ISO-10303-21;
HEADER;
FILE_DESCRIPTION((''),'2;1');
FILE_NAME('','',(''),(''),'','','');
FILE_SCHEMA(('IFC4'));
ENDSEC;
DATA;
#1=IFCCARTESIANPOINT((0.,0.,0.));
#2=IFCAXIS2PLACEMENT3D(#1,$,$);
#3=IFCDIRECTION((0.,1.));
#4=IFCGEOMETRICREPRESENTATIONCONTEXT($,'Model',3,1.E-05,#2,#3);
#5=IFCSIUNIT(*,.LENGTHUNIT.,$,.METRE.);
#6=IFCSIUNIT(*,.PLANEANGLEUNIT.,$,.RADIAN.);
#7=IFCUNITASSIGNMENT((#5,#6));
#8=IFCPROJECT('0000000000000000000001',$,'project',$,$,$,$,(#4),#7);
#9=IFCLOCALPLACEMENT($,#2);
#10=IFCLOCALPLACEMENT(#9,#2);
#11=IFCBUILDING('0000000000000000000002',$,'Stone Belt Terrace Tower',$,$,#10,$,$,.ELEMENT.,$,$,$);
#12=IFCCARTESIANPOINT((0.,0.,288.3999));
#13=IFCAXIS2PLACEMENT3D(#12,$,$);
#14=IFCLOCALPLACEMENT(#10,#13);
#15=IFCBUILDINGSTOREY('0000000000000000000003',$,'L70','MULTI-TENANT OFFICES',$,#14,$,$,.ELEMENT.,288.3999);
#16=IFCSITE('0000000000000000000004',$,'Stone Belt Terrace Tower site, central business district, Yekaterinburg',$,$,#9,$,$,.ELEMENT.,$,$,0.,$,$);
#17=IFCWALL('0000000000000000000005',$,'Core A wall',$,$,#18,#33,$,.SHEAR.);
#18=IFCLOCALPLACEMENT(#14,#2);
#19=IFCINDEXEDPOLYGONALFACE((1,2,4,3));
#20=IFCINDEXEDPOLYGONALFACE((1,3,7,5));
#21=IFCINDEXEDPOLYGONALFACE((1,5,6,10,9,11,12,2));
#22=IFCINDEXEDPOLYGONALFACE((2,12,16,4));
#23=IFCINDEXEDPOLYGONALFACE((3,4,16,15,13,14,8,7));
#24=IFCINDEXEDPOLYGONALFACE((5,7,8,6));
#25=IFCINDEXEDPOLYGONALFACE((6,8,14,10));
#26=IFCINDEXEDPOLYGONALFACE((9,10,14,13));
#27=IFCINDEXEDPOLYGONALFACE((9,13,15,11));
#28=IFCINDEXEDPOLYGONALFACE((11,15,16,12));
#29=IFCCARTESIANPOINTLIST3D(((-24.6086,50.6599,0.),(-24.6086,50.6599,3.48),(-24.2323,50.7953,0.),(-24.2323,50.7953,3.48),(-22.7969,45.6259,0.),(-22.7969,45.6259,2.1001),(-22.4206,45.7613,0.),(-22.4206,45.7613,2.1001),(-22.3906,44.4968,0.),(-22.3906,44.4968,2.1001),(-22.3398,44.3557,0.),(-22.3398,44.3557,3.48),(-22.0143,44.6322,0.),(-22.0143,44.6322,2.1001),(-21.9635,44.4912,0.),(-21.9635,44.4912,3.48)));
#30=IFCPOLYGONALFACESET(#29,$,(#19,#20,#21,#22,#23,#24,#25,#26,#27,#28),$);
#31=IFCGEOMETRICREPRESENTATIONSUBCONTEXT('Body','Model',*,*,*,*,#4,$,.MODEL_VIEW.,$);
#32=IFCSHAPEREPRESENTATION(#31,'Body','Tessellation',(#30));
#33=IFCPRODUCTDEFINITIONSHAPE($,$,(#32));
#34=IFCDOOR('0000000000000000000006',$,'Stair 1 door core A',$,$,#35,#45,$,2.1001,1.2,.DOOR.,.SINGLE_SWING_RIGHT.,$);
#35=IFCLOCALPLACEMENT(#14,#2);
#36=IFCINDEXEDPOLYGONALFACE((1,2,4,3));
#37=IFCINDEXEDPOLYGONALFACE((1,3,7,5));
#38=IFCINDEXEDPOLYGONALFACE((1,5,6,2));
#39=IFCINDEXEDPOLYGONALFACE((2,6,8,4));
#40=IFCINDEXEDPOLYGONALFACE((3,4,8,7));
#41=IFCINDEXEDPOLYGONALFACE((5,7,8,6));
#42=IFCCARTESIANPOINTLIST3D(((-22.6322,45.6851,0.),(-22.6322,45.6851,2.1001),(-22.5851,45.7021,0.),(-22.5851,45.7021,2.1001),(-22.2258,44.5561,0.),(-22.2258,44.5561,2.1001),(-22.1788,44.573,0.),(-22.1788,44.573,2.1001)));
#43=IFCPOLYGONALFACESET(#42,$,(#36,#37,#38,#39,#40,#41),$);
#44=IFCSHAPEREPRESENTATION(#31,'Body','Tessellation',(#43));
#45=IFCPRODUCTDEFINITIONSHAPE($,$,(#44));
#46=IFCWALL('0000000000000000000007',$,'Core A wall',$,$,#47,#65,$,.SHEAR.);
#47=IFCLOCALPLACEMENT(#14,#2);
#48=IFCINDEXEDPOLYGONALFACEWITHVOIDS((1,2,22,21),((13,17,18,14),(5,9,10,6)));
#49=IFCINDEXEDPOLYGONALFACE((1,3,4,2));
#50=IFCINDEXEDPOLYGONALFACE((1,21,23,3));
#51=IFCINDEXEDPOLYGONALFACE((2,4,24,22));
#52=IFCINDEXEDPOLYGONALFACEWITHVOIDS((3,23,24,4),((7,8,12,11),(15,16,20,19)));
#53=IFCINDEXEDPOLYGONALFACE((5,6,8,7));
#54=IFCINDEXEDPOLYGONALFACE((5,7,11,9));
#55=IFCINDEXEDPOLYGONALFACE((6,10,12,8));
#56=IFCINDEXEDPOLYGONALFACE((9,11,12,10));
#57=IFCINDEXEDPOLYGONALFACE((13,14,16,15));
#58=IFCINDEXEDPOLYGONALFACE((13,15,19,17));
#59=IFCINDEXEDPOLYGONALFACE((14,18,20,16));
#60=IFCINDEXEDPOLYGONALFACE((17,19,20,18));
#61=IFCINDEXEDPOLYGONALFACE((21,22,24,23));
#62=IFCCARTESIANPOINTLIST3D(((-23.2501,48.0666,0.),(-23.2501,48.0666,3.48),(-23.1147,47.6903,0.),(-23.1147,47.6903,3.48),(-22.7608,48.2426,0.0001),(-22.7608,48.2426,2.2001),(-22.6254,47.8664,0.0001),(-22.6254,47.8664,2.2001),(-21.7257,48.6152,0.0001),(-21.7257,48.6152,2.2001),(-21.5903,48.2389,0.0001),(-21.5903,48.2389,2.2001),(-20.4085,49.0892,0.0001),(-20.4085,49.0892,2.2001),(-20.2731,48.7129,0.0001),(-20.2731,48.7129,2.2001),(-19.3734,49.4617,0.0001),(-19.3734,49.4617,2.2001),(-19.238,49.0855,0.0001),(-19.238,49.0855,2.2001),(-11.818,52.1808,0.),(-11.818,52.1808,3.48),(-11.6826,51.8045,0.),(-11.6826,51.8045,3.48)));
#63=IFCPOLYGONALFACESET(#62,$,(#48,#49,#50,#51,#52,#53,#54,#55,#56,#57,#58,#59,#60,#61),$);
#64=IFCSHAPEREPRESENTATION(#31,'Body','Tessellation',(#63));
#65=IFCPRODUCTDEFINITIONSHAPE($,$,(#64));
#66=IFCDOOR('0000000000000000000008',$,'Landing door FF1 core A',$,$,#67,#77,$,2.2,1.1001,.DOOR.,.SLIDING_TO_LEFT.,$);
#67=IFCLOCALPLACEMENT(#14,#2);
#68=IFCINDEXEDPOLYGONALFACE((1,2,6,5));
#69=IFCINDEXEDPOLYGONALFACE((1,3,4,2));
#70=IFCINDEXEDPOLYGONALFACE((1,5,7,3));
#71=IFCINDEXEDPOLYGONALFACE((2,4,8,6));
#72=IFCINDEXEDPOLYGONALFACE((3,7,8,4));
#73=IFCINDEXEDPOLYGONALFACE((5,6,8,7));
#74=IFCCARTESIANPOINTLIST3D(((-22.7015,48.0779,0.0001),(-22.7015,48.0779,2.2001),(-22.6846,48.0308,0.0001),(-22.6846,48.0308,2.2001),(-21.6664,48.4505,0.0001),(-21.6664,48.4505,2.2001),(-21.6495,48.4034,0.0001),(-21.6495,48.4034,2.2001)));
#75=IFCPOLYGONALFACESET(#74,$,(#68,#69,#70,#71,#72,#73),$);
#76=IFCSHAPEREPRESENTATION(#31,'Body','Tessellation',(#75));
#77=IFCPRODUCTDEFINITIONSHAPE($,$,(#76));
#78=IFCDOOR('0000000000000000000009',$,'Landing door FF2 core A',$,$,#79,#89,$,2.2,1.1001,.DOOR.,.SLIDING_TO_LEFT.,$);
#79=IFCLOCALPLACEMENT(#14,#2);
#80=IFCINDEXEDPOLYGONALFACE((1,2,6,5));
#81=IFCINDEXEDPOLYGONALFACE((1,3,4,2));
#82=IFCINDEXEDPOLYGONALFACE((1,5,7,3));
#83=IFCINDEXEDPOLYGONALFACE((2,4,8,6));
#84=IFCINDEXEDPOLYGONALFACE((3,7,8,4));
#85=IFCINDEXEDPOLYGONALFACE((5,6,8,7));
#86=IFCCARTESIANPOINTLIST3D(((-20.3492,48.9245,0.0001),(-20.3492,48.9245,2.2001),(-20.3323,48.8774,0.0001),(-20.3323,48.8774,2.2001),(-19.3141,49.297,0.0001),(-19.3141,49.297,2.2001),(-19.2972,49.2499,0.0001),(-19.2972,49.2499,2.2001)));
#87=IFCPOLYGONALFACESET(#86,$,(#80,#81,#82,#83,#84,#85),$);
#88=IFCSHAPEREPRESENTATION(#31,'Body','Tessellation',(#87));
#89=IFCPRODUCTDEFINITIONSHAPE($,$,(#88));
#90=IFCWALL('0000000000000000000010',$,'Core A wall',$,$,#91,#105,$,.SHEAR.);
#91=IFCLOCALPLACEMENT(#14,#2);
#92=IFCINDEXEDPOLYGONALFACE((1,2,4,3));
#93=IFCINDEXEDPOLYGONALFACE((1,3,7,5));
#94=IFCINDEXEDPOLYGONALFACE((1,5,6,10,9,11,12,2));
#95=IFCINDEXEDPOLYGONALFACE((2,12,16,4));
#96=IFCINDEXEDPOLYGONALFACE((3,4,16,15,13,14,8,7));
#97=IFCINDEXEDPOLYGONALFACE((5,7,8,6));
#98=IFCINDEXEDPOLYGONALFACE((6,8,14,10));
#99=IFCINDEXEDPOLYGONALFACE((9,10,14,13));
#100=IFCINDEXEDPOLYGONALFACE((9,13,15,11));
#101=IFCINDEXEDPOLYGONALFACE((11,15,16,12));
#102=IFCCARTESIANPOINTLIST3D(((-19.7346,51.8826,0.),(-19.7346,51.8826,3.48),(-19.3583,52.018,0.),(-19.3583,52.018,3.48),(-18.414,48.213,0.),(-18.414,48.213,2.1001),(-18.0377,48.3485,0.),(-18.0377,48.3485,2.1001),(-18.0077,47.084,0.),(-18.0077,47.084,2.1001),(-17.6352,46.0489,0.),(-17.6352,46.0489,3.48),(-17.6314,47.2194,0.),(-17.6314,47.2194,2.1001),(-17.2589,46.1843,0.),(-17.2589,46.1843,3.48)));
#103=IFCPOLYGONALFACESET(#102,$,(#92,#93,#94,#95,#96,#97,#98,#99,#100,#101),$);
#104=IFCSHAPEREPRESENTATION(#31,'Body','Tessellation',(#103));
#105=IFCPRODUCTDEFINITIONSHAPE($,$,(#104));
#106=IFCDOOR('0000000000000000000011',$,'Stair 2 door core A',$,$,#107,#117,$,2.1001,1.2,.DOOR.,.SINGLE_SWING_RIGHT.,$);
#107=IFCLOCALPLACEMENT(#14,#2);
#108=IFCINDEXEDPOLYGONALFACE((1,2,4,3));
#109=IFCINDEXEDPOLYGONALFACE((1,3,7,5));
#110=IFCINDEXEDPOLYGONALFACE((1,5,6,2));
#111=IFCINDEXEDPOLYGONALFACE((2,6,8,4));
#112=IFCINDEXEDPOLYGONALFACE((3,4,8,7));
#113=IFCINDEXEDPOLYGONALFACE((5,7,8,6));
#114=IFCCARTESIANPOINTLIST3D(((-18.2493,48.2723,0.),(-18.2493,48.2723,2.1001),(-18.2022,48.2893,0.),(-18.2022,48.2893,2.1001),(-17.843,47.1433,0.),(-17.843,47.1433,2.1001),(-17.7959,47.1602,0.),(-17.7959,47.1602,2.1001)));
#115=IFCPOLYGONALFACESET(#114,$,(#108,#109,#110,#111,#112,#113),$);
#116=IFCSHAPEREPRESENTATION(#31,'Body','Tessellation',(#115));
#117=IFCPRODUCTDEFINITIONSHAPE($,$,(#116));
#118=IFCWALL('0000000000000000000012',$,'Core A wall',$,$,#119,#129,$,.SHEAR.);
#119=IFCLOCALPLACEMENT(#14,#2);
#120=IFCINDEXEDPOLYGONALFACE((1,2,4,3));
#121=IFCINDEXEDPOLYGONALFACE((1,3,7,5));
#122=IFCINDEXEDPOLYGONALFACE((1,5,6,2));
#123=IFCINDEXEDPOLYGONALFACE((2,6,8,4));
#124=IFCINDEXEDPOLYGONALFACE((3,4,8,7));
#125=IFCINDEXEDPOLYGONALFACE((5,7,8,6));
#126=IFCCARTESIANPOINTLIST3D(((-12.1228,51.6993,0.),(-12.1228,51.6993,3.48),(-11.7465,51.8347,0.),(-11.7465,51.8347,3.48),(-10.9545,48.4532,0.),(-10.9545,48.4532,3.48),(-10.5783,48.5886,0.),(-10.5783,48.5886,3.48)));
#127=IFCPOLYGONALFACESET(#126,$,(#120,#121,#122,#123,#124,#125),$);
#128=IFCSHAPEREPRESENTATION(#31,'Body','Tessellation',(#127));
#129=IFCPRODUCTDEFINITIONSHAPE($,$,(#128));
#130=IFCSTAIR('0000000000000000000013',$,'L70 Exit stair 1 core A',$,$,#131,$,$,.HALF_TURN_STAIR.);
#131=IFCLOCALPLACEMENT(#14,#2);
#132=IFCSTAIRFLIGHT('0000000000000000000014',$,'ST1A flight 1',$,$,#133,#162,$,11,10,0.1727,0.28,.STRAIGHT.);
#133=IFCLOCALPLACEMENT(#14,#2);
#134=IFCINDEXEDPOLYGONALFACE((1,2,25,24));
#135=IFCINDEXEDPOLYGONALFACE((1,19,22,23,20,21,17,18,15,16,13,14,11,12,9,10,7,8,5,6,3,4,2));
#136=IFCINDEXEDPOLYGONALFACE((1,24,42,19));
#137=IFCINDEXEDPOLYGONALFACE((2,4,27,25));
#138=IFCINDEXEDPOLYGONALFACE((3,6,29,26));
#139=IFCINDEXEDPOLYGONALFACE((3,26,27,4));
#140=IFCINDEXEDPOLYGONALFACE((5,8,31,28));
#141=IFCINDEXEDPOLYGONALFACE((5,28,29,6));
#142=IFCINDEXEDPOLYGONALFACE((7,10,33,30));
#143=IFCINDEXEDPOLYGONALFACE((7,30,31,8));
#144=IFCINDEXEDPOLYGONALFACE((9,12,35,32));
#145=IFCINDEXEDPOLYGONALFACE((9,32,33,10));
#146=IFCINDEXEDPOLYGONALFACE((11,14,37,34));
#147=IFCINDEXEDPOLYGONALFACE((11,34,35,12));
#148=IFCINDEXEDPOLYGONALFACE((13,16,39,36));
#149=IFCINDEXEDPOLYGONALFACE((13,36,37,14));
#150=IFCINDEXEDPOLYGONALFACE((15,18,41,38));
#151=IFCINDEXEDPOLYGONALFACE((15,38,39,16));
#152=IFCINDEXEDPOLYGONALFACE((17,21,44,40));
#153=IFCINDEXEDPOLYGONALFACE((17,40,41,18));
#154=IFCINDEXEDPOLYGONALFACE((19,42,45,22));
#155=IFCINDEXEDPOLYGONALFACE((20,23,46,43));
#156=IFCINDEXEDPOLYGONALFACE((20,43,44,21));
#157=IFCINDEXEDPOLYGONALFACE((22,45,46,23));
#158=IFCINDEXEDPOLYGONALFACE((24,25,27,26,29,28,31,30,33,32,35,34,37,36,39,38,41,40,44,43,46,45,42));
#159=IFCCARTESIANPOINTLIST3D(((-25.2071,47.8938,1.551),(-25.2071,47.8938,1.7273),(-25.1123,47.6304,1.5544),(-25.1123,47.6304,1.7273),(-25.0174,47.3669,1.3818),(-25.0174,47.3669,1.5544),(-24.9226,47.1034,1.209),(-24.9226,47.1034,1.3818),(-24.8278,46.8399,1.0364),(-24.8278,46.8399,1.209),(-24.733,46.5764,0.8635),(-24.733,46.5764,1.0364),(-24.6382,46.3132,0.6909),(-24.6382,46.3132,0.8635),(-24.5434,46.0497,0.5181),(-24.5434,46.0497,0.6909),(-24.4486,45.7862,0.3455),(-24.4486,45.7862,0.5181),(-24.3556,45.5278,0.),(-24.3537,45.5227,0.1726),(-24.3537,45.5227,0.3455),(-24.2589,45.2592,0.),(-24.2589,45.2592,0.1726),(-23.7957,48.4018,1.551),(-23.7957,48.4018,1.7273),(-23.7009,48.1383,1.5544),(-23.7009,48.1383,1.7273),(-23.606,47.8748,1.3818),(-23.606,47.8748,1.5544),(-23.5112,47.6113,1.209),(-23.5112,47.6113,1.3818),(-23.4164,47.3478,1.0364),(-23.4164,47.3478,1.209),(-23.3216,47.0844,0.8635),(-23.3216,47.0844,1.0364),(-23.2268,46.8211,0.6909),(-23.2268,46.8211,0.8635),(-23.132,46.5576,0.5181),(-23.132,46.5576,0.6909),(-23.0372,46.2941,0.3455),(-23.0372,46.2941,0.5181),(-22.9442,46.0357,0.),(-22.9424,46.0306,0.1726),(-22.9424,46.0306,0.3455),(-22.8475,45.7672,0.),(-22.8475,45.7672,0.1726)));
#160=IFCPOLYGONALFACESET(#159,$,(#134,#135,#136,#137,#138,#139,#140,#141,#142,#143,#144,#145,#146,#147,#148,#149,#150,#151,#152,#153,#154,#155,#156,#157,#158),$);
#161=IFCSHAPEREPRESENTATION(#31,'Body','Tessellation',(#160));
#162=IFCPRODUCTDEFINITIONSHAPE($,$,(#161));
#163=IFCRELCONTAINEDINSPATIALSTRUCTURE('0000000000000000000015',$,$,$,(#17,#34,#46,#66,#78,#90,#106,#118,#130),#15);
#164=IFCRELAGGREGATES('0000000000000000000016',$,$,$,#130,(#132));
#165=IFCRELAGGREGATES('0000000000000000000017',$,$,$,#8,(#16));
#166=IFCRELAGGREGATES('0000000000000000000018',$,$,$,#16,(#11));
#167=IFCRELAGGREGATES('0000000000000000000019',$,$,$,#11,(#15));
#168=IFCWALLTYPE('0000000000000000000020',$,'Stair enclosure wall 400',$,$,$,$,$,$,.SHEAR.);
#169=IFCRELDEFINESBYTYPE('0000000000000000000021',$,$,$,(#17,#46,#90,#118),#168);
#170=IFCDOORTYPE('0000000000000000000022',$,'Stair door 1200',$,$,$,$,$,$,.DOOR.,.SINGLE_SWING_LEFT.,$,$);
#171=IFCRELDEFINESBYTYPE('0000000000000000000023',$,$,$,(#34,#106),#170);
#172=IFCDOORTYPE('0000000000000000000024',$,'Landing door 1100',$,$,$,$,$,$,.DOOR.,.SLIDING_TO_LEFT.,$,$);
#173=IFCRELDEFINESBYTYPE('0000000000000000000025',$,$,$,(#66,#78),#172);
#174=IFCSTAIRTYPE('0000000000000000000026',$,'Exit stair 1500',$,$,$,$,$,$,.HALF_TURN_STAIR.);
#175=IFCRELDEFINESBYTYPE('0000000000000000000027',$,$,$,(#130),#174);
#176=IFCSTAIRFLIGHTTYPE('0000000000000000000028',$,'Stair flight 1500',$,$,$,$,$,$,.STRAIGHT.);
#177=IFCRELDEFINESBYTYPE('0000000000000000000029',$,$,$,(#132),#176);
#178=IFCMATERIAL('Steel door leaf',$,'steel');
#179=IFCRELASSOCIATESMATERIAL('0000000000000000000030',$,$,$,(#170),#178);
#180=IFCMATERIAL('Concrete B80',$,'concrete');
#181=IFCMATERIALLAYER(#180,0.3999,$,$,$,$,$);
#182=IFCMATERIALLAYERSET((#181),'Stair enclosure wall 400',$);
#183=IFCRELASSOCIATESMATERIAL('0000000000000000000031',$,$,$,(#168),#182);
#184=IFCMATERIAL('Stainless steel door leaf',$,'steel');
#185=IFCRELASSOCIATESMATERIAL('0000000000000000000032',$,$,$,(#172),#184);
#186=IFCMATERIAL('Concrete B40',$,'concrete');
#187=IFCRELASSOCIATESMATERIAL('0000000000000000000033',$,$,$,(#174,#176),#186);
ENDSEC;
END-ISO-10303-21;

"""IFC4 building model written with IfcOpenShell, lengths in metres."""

from ifc_helpers import new_model, si_unit, direction, frame, frame_2d, origin, place, context, subcontext, project, spatial, polyline, rectangle, outline, extrude, material, layer, layer_set, type_object, element, fill, aggregate, save


model = new_model("IFC4")

# Units and contexts
model_context = context("Model", 3, precision=1e-05, world=origin(), true_north=direction((0.0, 1.0)))
body_context = subcontext(model_context, "Body", "Model", "MODEL_VIEW")
ifc_project = project(units=[si_unit("LENGTHUNIT", "METRE"), si_unit("PLANEANGLEUNIT", "RADIAN")], contexts=[model_context])

# Site, building, storey
site_placement = place(None, origin())
site = spatial("IfcSite", under=ifc_project, at=site_placement, Name="Stone Belt Terrace Tower site, central business district, Yekaterinburg", CompositionType="ELEMENT", RefElevation=0.0)
building_placement = place(site_placement, origin())
building = spatial("IfcBuilding", under=site, at=building_placement, Name="Stone Belt Terrace Tower", CompositionType="ELEMENT")
storey_placement = place(building_placement, frame((0.0, 0.0, 288.3999)))
storey = spatial("IfcBuildingStorey", under=building, at=storey_placement, Name="L70", Description="MULTI-TENANT OFFICES", CompositionType="ELEMENT", Elevation=288.3999)

# Wall, opening, door
ifc_material_1 = material(Name="Steel door leaf", Category="steel")
door_type_1 = type_object("IfcDoorType", Name="Stair door 1200", OperationType="SINGLE_SWING_LEFT", PredefinedType="DOOR", material=ifc_material_1)
ifc_material_2 = material(Name="Concrete B80", Category="concrete")
ifc_layer_1 = layer(ifc_material_2, 0.3999)
ifc_layer_set_1 = layer_set([ifc_layer_1], Name="Stair enclosure wall 400")
wall_type_1 = type_object("IfcWallType", Name="Stair enclosure wall 400", PredefinedType="SHEAR", material=ifc_layer_set_1)
wall_1_placement = place(storey_placement, frame((-22.1516, 44.4233, 0.0), z_axis=(0.0, 0.0, 1.0), x_axis=(-0.338625, 0.940921, 0.0)))
wall_1 = element("IfcWall", 1, at=wall_1_placement, inside=storey, type_object=wall_type_1, Name="Core A wall", PredefinedType="SHEAR", context=body_context, shape_type="SweptSolid", body=[
    extrude(rectangle(XDim=6.7, YDim=0.3999, at=frame_2d((3.3501, 0.0))), origin(), (0.0, 0.0, 1.0), 3.48),
])
opening_1_placement = place(wall_1_placement, frame((0.1499, 0.0, 0.0)))
opening_1 = element("IfcOpeningElement", 2, at=opening_1_placement, cuts=wall_1, PredefinedType="OPENING", context=body_context, shape_type="SweptSolid", body=[
    extrude(rectangle(XDim=1.2, YDim=2.1001, at=frame_2d((0.6001, 1.05))), frame((0.0, 0.21, 0.0), z_axis=(0.0, -1.0, 0.0), x_axis=(1.0, 0.0, 0.0)), (0.0, 0.0, 1.0), 0.4199),
])
door_1_placement = place(opening_1_placement, origin())
door_1 = element("IfcDoor", 3, at=door_1_placement, inside=storey, type_object=door_type_1, Name="Stair 1 door core A", OperationType="SINGLE_SWING_RIGHT", OverallHeight=2.1001, OverallWidth=1.2, PredefinedType="DOOR", context=body_context, shape_type="SweptSolid", body=[
    extrude(rectangle(XDim=1.2, YDim=2.1001, at=frame_2d((0.6001, 1.05))), frame((0.0, 0.0249, 0.0), z_axis=(0.0, -1.0, 0.0), x_axis=(1.0, 0.0, 0.0)), (0.0, 0.0, 1.0), 0.05),
])
fill(opening_1, door_1)

# Wall, openings, doors
wall_2_placement = place(storey_placement, frame((-23.1824, 47.8784, 0.0), z_axis=(0.0, 0.0, 1.0), x_axis=(0.940922, 0.338624, 0.0)))
wall_2 = element("IfcWall", 4, at=wall_2_placement, inside=storey, type_object=wall_type_1, Name="Core A wall", PredefinedType="SHEAR", context=body_context, shape_type="SweptSolid", body=[
    extrude(rectangle(XDim=12.1499, YDim=0.3999, at=frame_2d((6.075, 0.0))), origin(), (0.0, 0.0, 1.0), 3.48),
])
opening_2_placement = place(wall_2_placement, frame((0.52, 0.0, 0.0)))
opening_2 = element("IfcOpeningElement", 5, at=opening_2_placement, cuts=wall_2, PredefinedType="OPENING", context=body_context, shape_type="SweptSolid", body=[
    extrude(rectangle(XDim=1.1001, YDim=2.2, at=frame_2d((0.55, 1.1001))), frame((0.0, 0.21, 0.0), z_axis=(0.0, -1.0, 0.0), x_axis=(1.0, 0.0, 0.0)), (0.0, 0.0, 1.0), 0.4199),
])
opening_3_placement = place(wall_2_placement, frame((3.02, 0.0, 0.0)))
opening_3 = element("IfcOpeningElement", 6, at=opening_3_placement, cuts=wall_2, PredefinedType="OPENING", context=body_context, shape_type="SweptSolid", body=[
    extrude(rectangle(XDim=1.1001, YDim=2.2, at=frame_2d((0.55, 1.1001))), frame((0.0, 0.21, 0.0), z_axis=(0.0, -1.0, 0.0), x_axis=(1.0, 0.0, 0.0)), (0.0, 0.0, 1.0), 0.4199),
])
ifc_material_3 = material(Name="Stainless steel door leaf", Category="steel")
door_type_2 = type_object("IfcDoorType", Name="Landing door 1100", OperationType="SLIDING_TO_LEFT", PredefinedType="DOOR", material=ifc_material_3)
door_2_placement = place(opening_2_placement, origin())
door_2 = element("IfcDoor", 7, at=door_2_placement, inside=storey, type_object=door_type_2, Name="Landing door FF1 core A", OperationType="SLIDING_TO_LEFT", OverallHeight=2.2, OverallWidth=1.1001, PredefinedType="DOOR", context=body_context, shape_type="SweptSolid", body=[
    extrude(rectangle(XDim=1.1001, YDim=2.2, at=frame_2d((0.55, 1.1001))), frame((0.0, 0.0249, 0.0), z_axis=(0.0, -1.0, 0.0), x_axis=(1.0, 0.0, 0.0)), (0.0, 0.0, 1.0), 0.05),
])
fill(opening_2, door_2)
door_3_placement = place(opening_3_placement, origin())
door_3 = element("IfcDoor", 8, at=door_3_placement, inside=storey, type_object=door_type_2, Name="Landing door FF2 core A", OperationType="SLIDING_TO_LEFT", OverallHeight=2.2, OverallWidth=1.1001, PredefinedType="DOOR", context=body_context, shape_type="SweptSolid", body=[
    extrude(rectangle(XDim=1.1001, YDim=2.2, at=frame_2d((0.55, 1.1001))), frame((0.0, 0.0249, 0.0), z_axis=(0.0, -1.0, 0.0), x_axis=(1.0, 0.0, 0.0)), (0.0, 0.0, 1.0), 0.05),
])
fill(opening_3, door_3)

# Wall, opening, door
wall_3_placement = place(storey_placement, frame((-17.447, 46.1165, 0.0), z_axis=(0.0, 0.0, 1.0), x_axis=(-0.338608, 0.940928, 0.0)))
wall_3 = element("IfcWall", 9, at=wall_3_placement, inside=storey, type_object=wall_type_1, Name="Core A wall", PredefinedType="SHEAR", context=body_context, shape_type="SweptSolid", body=[
    extrude(rectangle(XDim=6.2, YDim=0.3999, at=frame_2d((3.1001, 0.0))), origin(), (0.0, 0.0, 1.0), 3.48),
])
opening_4_placement = place(wall_3_placement, frame((1.1001, 0.0, 0.0)))
opening_4 = element("IfcOpeningElement", 10, at=opening_4_placement, cuts=wall_3, PredefinedType="OPENING", context=body_context, shape_type="SweptSolid", body=[
    extrude(rectangle(XDim=1.2, YDim=2.1001, at=frame_2d((0.6001, 1.05))), frame((0.0, 0.21, 0.0), z_axis=(0.0, -1.0, 0.0), x_axis=(1.0, 0.0, 0.0)), (0.0, 0.0, 1.0), 0.4199),
])
door_4_placement = place(opening_4_placement, origin())
door_4 = element("IfcDoor", 11, at=door_4_placement, inside=storey, type_object=door_type_1, Name="Stair 2 door core A", OperationType="SINGLE_SWING_RIGHT", OverallHeight=2.1001, OverallWidth=1.2, PredefinedType="DOOR", context=body_context, shape_type="SweptSolid", body=[
    extrude(rectangle(XDim=1.2, YDim=2.1001, at=frame_2d((0.6001, 1.05))), frame((0.0, 0.0249, 0.0), z_axis=(0.0, -1.0, 0.0), x_axis=(1.0, 0.0, 0.0)), (0.0, 0.0, 1.0), 0.05),
])
fill(opening_4, door_4)

# Wall
wall_4_placement = place(storey_placement, frame((-10.7664, 48.5208, 0.0), z_axis=(0.0, 0.0, 1.0), x_axis=(-0.338622, 0.940923, 0.0)))
element("IfcWall", 12, at=wall_4_placement, inside=storey, type_object=wall_type_1, Name="Core A wall", PredefinedType="SHEAR", context=body_context, shape_type="SweptSolid", body=[
    extrude(rectangle(XDim=3.45, YDim=0.3999, at=frame_2d((1.7251, 0.0))), origin(), (0.0, 0.0, 1.0), 3.48),
])

# Stair, stair flight
ifc_material_4 = material(Name="Concrete B40", Category="concrete")
stair_type = type_object("IfcStairType", Name="Exit stair 1500", PredefinedType="HALF_TURN_STAIR", material=ifc_material_4)
stair_1_placement = place(storey_placement, origin())
stair_1 = element("IfcStair", 13, at=stair_1_placement, inside=storey, type_object=stair_type, Name="L70 Exit stair 1 core A", PredefinedType="HALF_TURN_STAIR")
stair_flight_type = type_object("IfcStairFlightType", Name="Stair flight 1500", PredefinedType="STRAIGHT", material=ifc_material_4)
stair_flight_1_placement = place(storey_placement, frame((-23.5532, 45.5132, 0.0), z_axis=(0.0, 0.0, 1.0), x_axis=(-0.338624, 0.940922, 0.0)))
stair_flight_1 = element("IfcStairFlight", 14, at=stair_flight_1_placement, type_object=stair_flight_type, Name="ST1A flight 1", NumberOfRisers=11, NumberOfTreads=10, PredefinedType="STRAIGHT", RiserHeight=0.1727, TreadLength=0.28, context=body_context, shape_type="SweptSolid", body=[
    extrude(outline(polyline([(0.0, 0.0), (0.0, 0.1726), (0.28, 0.1726), (0.28, 0.3455), (0.5601, 0.3455), (0.5601, 0.5181), (0.8401, 0.5181), (0.8401, 0.6909), (1.1201, 0.6909), (1.1201, 0.8635), (1.3999, 0.8635), (1.3999, 1.0364), (1.6799, 1.0364), (1.6799, 1.209), (1.96, 1.209), (1.96, 1.3818), (2.24, 1.3818), (2.24, 1.5544), (2.52, 1.5544), (2.52, 1.7273), (2.8, 1.7273), (2.8, 1.8999), (2.8, 1.551), (0.2854, 0.0), (0.0, 0.0)])), frame((0.0, 0.75, 0.0), z_axis=(0.0, -1.0, 0.0), x_axis=(1.0, 0.0, 0.0)), (0.0, 0.0, 1.0), 1.5),
])
aggregate(stair_1, [stair_flight_1])

save(model, "model.ifc")
